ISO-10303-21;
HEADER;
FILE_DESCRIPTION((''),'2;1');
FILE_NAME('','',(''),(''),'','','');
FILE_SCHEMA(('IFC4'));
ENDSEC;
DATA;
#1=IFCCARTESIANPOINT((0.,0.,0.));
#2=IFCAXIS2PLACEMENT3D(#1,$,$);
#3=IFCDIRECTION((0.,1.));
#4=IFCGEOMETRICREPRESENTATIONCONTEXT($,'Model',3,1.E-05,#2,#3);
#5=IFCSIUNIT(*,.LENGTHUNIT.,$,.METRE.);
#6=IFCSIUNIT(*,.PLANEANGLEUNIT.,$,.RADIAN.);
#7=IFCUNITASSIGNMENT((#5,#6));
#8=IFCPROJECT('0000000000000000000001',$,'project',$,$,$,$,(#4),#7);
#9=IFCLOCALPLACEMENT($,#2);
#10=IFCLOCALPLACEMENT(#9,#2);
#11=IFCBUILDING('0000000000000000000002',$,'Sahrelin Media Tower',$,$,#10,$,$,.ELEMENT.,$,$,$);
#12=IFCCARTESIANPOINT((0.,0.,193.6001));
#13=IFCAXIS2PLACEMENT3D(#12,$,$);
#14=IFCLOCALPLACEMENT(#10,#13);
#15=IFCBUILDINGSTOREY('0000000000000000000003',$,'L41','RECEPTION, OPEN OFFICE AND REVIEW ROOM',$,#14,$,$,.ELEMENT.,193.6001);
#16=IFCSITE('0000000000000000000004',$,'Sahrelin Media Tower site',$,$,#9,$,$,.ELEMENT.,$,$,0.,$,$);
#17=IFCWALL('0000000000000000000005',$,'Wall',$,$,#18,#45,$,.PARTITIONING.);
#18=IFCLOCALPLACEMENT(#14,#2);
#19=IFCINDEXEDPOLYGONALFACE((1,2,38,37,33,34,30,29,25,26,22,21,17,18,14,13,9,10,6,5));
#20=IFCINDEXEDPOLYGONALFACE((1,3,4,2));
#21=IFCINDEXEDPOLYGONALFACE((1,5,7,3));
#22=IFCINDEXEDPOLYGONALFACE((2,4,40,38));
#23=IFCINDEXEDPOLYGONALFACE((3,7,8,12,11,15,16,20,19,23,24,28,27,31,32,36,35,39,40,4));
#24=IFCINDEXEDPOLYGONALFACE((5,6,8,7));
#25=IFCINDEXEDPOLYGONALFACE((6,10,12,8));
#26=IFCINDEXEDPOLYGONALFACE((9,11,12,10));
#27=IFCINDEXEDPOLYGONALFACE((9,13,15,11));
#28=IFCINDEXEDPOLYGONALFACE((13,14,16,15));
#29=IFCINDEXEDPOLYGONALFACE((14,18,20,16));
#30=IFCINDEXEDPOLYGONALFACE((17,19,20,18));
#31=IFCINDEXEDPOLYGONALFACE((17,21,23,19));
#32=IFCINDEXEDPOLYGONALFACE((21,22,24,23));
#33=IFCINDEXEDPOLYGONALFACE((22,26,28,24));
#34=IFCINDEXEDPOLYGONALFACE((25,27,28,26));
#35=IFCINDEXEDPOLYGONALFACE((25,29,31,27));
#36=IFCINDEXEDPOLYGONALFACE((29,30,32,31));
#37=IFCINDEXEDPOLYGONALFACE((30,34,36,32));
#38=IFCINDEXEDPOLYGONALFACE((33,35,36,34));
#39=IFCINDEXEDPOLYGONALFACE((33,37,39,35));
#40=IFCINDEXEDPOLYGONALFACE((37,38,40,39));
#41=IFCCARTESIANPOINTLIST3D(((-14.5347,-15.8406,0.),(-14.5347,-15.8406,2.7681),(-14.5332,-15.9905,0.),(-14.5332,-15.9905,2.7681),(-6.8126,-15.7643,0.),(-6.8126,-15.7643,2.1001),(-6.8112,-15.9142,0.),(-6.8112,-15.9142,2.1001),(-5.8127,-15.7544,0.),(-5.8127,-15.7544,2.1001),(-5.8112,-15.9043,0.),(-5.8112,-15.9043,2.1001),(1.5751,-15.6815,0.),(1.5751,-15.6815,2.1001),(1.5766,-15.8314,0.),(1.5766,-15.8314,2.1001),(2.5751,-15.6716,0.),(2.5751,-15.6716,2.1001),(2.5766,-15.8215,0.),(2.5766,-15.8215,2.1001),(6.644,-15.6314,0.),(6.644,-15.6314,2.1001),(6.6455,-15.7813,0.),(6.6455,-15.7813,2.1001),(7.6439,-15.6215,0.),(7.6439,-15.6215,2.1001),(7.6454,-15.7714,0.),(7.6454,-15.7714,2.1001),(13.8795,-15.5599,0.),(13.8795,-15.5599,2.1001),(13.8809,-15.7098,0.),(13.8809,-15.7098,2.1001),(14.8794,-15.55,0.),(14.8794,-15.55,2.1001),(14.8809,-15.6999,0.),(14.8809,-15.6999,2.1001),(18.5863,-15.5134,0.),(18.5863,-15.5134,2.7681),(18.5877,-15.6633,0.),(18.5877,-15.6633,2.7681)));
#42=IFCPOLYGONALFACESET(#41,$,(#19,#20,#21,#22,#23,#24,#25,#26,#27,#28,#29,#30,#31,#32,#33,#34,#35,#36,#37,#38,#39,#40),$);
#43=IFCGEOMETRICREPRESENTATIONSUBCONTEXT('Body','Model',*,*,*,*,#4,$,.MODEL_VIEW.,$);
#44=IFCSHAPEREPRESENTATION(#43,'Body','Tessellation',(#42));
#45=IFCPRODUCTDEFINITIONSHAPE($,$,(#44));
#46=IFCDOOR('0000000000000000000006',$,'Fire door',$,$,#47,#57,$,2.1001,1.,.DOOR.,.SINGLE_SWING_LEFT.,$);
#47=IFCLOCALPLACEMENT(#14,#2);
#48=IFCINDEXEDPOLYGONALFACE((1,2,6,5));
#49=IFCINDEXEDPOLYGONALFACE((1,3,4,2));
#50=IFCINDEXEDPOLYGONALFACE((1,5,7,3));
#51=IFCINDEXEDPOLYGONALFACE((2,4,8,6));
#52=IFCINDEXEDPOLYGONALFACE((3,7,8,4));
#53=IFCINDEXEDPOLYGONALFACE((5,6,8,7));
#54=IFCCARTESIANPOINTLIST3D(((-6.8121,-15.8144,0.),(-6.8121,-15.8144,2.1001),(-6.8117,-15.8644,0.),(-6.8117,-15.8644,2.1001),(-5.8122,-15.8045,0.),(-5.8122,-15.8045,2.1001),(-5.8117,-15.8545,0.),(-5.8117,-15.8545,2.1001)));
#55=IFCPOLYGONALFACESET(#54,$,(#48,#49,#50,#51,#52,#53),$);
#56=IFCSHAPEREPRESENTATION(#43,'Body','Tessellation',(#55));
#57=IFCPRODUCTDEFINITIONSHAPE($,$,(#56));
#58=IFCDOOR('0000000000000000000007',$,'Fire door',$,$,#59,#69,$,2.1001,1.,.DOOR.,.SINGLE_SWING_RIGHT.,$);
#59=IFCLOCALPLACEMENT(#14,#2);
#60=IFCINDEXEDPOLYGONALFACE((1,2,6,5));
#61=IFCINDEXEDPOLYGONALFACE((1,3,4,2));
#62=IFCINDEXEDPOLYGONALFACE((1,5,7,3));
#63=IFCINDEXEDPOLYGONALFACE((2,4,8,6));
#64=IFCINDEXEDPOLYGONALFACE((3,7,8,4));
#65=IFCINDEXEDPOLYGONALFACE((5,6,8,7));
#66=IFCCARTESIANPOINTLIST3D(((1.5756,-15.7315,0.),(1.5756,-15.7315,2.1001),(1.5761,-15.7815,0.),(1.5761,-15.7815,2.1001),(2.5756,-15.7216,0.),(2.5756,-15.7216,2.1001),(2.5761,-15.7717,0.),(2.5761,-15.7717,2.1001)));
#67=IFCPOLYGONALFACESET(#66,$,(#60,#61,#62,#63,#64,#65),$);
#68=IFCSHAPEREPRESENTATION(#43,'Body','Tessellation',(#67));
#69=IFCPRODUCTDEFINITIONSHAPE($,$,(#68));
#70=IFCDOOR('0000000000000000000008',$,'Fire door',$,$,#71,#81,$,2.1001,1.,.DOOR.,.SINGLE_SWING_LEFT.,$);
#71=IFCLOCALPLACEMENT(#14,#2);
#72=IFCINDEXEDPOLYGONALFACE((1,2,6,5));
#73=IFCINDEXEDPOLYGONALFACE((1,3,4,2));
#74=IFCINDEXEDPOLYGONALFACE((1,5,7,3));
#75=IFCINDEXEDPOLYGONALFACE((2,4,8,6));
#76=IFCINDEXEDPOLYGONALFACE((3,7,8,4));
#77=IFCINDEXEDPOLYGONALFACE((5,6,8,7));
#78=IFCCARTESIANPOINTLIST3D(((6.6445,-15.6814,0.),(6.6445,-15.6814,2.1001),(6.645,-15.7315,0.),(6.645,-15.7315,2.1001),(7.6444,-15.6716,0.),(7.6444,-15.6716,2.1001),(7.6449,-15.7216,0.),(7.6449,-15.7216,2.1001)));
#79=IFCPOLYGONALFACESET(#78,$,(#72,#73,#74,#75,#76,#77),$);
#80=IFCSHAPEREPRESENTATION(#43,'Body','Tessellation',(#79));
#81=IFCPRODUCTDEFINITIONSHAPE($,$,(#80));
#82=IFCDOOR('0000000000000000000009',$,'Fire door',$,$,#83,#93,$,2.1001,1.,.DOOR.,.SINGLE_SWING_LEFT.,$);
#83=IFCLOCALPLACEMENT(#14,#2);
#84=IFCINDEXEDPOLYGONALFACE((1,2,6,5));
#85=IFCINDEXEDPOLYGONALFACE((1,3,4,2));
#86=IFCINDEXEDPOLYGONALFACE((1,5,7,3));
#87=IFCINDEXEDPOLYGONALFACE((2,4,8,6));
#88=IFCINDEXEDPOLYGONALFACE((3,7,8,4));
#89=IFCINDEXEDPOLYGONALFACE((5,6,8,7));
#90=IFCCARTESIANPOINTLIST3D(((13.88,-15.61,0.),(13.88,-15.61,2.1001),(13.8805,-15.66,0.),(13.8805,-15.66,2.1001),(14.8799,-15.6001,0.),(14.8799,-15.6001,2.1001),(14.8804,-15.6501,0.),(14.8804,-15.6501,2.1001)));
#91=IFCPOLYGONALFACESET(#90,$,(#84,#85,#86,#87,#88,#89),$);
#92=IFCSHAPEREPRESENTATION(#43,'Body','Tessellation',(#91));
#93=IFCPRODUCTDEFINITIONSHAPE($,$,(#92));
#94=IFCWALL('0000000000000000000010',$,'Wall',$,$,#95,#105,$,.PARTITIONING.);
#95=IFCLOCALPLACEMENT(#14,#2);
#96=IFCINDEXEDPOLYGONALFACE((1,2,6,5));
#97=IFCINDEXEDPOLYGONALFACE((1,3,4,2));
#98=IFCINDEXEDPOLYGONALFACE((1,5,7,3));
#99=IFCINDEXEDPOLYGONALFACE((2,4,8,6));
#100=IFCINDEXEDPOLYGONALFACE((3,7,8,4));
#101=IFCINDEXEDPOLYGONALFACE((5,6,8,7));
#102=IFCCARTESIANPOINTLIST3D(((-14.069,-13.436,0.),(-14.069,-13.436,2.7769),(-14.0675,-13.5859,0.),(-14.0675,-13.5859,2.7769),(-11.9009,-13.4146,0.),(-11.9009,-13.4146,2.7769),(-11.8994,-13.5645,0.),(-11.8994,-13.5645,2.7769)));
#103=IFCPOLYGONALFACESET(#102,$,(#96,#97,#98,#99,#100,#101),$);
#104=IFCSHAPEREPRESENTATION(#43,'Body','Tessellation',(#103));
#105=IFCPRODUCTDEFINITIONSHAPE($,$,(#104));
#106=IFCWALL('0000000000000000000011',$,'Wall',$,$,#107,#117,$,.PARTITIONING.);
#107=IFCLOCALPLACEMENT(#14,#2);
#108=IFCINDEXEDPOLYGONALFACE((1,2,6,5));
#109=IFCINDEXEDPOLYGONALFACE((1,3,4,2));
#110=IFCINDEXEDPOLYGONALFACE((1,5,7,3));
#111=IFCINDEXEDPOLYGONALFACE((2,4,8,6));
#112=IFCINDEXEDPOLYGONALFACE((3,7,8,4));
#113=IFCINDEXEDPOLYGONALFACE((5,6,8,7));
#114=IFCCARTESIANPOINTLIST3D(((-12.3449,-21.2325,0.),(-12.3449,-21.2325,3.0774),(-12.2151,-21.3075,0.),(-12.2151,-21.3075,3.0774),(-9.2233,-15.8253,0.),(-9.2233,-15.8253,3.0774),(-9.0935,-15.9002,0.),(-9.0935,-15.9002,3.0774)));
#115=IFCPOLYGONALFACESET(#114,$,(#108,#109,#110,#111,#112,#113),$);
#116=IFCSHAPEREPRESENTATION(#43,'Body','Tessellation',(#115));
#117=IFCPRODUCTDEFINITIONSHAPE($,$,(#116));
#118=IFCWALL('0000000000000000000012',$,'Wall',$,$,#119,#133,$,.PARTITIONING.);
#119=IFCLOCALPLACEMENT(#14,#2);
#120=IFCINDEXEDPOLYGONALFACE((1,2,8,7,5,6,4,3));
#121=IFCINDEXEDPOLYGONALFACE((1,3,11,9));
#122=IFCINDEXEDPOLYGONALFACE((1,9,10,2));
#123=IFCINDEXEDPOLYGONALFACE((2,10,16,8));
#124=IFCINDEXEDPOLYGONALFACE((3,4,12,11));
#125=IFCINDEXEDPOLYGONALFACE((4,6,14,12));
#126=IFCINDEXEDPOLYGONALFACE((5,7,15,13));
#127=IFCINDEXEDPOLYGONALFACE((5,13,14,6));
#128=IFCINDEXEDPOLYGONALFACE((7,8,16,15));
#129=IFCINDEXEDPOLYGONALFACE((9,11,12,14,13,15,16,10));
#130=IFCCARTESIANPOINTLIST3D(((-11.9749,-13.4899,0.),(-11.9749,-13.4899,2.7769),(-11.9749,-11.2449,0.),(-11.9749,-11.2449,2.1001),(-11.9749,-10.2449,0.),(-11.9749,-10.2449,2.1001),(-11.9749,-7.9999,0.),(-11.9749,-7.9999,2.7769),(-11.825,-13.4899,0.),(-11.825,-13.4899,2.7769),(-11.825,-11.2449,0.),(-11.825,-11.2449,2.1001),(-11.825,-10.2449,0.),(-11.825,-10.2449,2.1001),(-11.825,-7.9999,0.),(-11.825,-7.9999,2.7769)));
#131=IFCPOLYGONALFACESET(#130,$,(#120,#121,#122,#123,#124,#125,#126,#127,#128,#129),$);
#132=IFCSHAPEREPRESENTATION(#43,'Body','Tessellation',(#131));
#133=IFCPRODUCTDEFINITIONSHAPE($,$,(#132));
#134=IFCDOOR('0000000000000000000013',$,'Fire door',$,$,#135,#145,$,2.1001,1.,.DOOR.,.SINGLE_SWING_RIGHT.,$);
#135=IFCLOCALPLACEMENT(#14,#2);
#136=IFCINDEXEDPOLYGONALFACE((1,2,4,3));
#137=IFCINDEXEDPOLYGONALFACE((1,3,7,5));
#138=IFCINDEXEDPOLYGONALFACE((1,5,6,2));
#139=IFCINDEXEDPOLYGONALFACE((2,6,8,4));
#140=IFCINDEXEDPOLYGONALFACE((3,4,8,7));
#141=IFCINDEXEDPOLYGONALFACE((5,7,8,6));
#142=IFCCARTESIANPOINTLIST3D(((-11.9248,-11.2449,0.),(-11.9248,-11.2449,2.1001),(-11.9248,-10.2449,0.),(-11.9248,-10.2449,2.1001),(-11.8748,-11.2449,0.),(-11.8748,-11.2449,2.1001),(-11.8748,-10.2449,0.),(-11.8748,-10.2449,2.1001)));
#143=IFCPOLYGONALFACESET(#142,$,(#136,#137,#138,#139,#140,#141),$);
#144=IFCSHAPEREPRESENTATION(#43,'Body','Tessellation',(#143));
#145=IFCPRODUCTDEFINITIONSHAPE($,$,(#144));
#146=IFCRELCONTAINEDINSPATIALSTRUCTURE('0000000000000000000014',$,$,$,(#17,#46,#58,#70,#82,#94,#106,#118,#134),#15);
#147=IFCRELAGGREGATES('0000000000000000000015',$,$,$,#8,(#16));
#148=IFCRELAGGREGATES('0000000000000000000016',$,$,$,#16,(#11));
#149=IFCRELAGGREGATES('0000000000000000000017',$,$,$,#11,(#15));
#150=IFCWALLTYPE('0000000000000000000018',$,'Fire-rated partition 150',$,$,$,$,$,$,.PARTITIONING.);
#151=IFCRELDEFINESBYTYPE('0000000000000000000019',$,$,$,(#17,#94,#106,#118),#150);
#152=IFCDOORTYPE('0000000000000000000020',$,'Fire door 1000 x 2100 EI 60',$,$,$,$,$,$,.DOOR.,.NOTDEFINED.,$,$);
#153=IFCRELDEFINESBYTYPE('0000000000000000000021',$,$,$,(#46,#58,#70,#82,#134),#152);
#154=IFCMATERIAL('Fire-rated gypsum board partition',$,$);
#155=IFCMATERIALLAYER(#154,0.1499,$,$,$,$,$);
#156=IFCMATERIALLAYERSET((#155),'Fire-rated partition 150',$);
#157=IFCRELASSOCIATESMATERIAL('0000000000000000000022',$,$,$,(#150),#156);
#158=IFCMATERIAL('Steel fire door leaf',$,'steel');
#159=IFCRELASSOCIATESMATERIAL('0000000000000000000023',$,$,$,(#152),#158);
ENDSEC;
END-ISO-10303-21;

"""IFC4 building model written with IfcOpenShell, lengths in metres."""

from ifc_helpers import new_model, si_unit, direction, frame, frame_2d, origin, place, context, subcontext, project, spatial, rectangle, extrude, material, layer, layer_set, type_object, element, fill, save


model = new_model("IFC4")

# Units and contexts
model_context = context("Model", 3, precision=1e-05, world=origin(), true_north=direction((0.0, 1.0)))
body_context = subcontext(model_context, "Body", "Model", "MODEL_VIEW")
ifc_project = project(units=[si_unit("LENGTHUNIT", "METRE"), si_unit("PLANEANGLEUNIT", "RADIAN")], contexts=[model_context])

# Site, building, storey
site_placement = place(None, origin())
site = spatial("IfcSite", under=ifc_project, at=site_placement, Name="Sahrelin Media Tower site", CompositionType="ELEMENT", RefElevation=0.0)
building_placement = place(site_placement, origin())
building = spatial("IfcBuilding", under=site, at=building_placement, Name="Sahrelin Media Tower", CompositionType="ELEMENT")
storey_placement = place(building_placement, frame((0.0, 0.0, 193.6001)))
storey = spatial("IfcBuildingStorey", under=building, at=storey_placement, Name="L41", Description="RECEPTION, OPEN OFFICE AND REVIEW ROOM", CompositionType="ELEMENT", Elevation=193.6001)

# Wall, openings, doors
ifc_material_1 = material(Name="Fire-rated gypsum board partition")
ifc_layer_1 = layer(ifc_material_1, 0.1499)
ifc_layer_set_1 = layer_set([ifc_layer_1], Name="Fire-rated partition 150")
wall_type_1 = type_object("IfcWallType", Name="Fire-rated partition 150", PredefinedType="PARTITIONING", material=ifc_layer_set_1)
wall_1_placement = place(storey_placement, frame((-14.5339, -15.9155, 0.0), z_axis=(0.0, 0.0, 1.0), x_axis=(0.999951, 0.009877, 0.0)))
wall_1 = element("IfcWall", 1, at=wall_1_placement, inside=storey, type_object=wall_type_1, Name="Wall", PredefinedType="PARTITIONING", context=body_context, shape_type="SweptSolid", body=[
    extrude(rectangle(XDim=33.1226, YDim=0.1499, at=frame_2d((16.5613, 0.0))), origin(), (0.0, 0.0, 1.0), 2.7681),
])
opening_1_placement = place(wall_1_placement, frame((7.7224, 0.0, 0.0)))
opening_1 = element("IfcOpeningElement", 2, at=opening_1_placement, cuts=wall_1, PredefinedType="OPENING", context=body_context, shape_type="SweptSolid", body=[
    extrude(rectangle(XDim=1.0, YDim=2.1001, at=frame_2d((0.5, 1.05))), frame((0.0, 0.075, 0.0), z_axis=(0.0, -1.0, 0.0), x_axis=(1.0, 0.0, 0.0)), (0.0, 0.0, 1.0), 0.1499),
])
opening_2_placement = place(wall_1_placement, frame((16.1106, 0.0, 0.0)))
opening_2 = element("IfcOpeningElement", 3, at=opening_2_placement, cuts=wall_1, PredefinedType="OPENING", context=body_context, shape_type="SweptSolid", body=[
    extrude(rectangle(XDim=1.0, YDim=2.1001, at=frame_2d((0.5, 1.05))), frame((0.0, 0.075, 0.0), z_axis=(0.0, -1.0, 0.0), x_axis=(1.0, 0.0, 0.0)), (0.0, 0.0, 1.0), 0.1499),
])
opening_3_placement = place(wall_1_placement, frame((21.1797, 0.0, 0.0)))
opening_3 = element("IfcOpeningElement", 4, at=opening_3_placement, cuts=wall_1, PredefinedType="OPENING", context=body_context, shape_type="SweptSolid", body=[
    extrude(rectangle(XDim=1.0, YDim=2.1001, at=frame_2d((0.5, 1.05))), frame((0.0, 0.075, 0.0), z_axis=(0.0, -1.0, 0.0), x_axis=(1.0, 0.0, 0.0)), (0.0, 0.0, 1.0), 0.1499),
])
opening_4_placement = place(wall_1_placement, frame((28.4155, 0.0, 0.0)))
opening_4 = element("IfcOpeningElement", 5, at=opening_4_placement, cuts=wall_1, PredefinedType="OPENING", context=body_context, shape_type="SweptSolid", body=[
    extrude(rectangle(XDim=1.0, YDim=2.1001, at=frame_2d((0.5, 1.05))), frame((0.0, 0.075, 0.0), z_axis=(0.0, -1.0, 0.0), x_axis=(1.0, 0.0, 0.0)), (0.0, 0.0, 1.0), 0.1499),
])
ifc_material_2 = material(Name="Steel fire door leaf", Category="steel")
door_type_1 = type_object("IfcDoorType", Name="Fire door 1000 x 2100 EI 60", OperationType="NOTDEFINED", PredefinedType="DOOR", material=ifc_material_2)
door_1_placement = place(opening_1_placement, origin())
door_1 = element("IfcDoor", 6, at=door_1_placement, inside=storey, type_object=door_type_1, Name="Fire door", OperationType="SINGLE_SWING_LEFT", OverallHeight=2.1001, OverallWidth=1.0, PredefinedType="DOOR", context=body_context, shape_type="SweptSolid", body=[
    extrude(rectangle(XDim=1.0, YDim=2.1001, at=frame_2d((0.5, 1.05))), frame((0.0, 0.0249, 0.0), z_axis=(0.0, -1.0, 0.0), x_axis=(1.0, 0.0, 0.0)), (0.0, 0.0, 1.0), 0.05),
])
fill(opening_1, door_1)
door_2_placement = place(opening_2_placement, origin())
door_2 = element("IfcDoor", 7, at=door_2_placement, inside=storey, type_object=door_type_1, Name="Fire door", OperationType="SINGLE_SWING_RIGHT", OverallHeight=2.1001, OverallWidth=1.0, PredefinedType="DOOR", context=body_context, shape_type="SweptSolid", body=[
    extrude(rectangle(XDim=1.0, YDim=2.1001, at=frame_2d((0.5, 1.05))), frame((0.0, 0.0249, 0.0), z_axis=(0.0, -1.0, 0.0), x_axis=(1.0, 0.0, 0.0)), (0.0, 0.0, 1.0), 0.05),
])
fill(opening_2, door_2)
door_3_placement = place(opening_3_placement, origin())
door_3 = element("IfcDoor", 8, at=door_3_placement, inside=storey, type_object=door_type_1, Name="Fire door", OperationType="SINGLE_SWING_LEFT", OverallHeight=2.1001, OverallWidth=1.0, PredefinedType="DOOR", context=body_context, shape_type="SweptSolid", body=[
    extrude(rectangle(XDim=1.0, YDim=2.1001, at=frame_2d((0.5, 1.05))), frame((0.0, 0.0249, 0.0), z_axis=(0.0, -1.0, 0.0), x_axis=(1.0, 0.0, 0.0)), (0.0, 0.0, 1.0), 0.05),
])
fill(opening_3, door_3)
door_4_placement = place(opening_4_placement, origin())
door_4 = element("IfcDoor", 9, at=door_4_placement, inside=storey, type_object=door_type_1, Name="Fire door", OperationType="SINGLE_SWING_LEFT", OverallHeight=2.1001, OverallWidth=1.0, PredefinedType="DOOR", context=body_context, shape_type="SweptSolid", body=[
    extrude(rectangle(XDim=1.0, YDim=2.1001, at=frame_2d((0.5, 1.05))), frame((0.0, 0.0249, 0.0), z_axis=(0.0, -1.0, 0.0), x_axis=(1.0, 0.0, 0.0)), (0.0, 0.0, 1.0), 0.05),
])
fill(opening_4, door_4)

# Walls
wall_2_placement = place(storey_placement, frame((-14.0681, -13.511, 0.0), z_axis=(0.0, 0.0, 1.0), x_axis=(0.999951, 0.009908, 0.0)))
element("IfcWall", 10, at=wall_2_placement, inside=storey, type_object=wall_type_1, Name="Wall", PredefinedType="PARTITIONING", context=body_context, shape_type="SweptSolid", body=[
    extrude(rectangle(XDim=2.1682, YDim=0.1499, at=frame_2d((1.084, 0.0))), origin(), (0.0, 0.0, 1.0), 2.7769),
])
wall_3_placement = place(storey_placement, frame((-12.28, -21.27, 0.0), z_axis=(0.0, 0.0, 1.0), x_axis=(0.499966, 0.866045, 0.0)))
element("IfcWall", 11, at=wall_3_placement, inside=storey, type_object=wall_type_1, Name="Wall", PredefinedType="PARTITIONING", context=body_context, shape_type="SweptSolid", body=[
    extrude(rectangle(XDim=6.2437, YDim=0.1499, at=frame_2d((3.1218, 0.0))), origin(), (0.0, 0.0, 1.0), 3.0774),
])

# Wall, opening, door
wall_4_placement = place(storey_placement, frame((-11.8999, -13.49, 0.0), z_axis=(0.0, 0.0, 1.0), x_axis=(0.0, 1.0, 0.0)))
wall_4 = element("IfcWall", 12, at=wall_4_placement, inside=storey, type_object=wall_type_1, Name="Wall", PredefinedType="PARTITIONING", context=body_context, shape_type="SweptSolid", body=[
    extrude(rectangle(XDim=5.49, YDim=0.1499, at=frame_2d((2.7451, 0.0))), origin(), (0.0, 0.0, 1.0), 2.7769),
])
opening_5_placement = place(wall_4_placement, frame((2.2451, 0.0, 0.0)))
opening_5 = element("IfcOpeningElement", 13, at=opening_5_placement, cuts=wall_4, PredefinedType="OPENING", context=body_context, shape_type="SweptSolid", body=[
    extrude(rectangle(XDim=1.0, YDim=2.1001, at=frame_2d((0.5, 1.05))), frame((0.0, 0.075, 0.0), z_axis=(0.0, -1.0, 0.0), x_axis=(1.0, 0.0, 0.0)), (0.0, 0.0, 1.0), 0.1499),
])
door_5_placement = place(opening_5_placement, origin())
door_5 = element("IfcDoor", 14, at=door_5_placement, inside=storey, type_object=door_type_1, Name="Fire door", OperationType="SINGLE_SWING_RIGHT", OverallHeight=2.1001, OverallWidth=1.0, PredefinedType="DOOR", context=body_context, shape_type="SweptSolid", body=[
    extrude(rectangle(XDim=1.0, YDim=2.1001, at=frame_2d((0.5, 1.05))), frame((0.0, 0.0249, 0.0), z_axis=(0.0, -1.0, 0.0), x_axis=(1.0, 0.0, 0.0)), (0.0, 0.0, 1.0), 0.05),
])
fill(opening_5, door_5)

save(model, "model.ifc")
